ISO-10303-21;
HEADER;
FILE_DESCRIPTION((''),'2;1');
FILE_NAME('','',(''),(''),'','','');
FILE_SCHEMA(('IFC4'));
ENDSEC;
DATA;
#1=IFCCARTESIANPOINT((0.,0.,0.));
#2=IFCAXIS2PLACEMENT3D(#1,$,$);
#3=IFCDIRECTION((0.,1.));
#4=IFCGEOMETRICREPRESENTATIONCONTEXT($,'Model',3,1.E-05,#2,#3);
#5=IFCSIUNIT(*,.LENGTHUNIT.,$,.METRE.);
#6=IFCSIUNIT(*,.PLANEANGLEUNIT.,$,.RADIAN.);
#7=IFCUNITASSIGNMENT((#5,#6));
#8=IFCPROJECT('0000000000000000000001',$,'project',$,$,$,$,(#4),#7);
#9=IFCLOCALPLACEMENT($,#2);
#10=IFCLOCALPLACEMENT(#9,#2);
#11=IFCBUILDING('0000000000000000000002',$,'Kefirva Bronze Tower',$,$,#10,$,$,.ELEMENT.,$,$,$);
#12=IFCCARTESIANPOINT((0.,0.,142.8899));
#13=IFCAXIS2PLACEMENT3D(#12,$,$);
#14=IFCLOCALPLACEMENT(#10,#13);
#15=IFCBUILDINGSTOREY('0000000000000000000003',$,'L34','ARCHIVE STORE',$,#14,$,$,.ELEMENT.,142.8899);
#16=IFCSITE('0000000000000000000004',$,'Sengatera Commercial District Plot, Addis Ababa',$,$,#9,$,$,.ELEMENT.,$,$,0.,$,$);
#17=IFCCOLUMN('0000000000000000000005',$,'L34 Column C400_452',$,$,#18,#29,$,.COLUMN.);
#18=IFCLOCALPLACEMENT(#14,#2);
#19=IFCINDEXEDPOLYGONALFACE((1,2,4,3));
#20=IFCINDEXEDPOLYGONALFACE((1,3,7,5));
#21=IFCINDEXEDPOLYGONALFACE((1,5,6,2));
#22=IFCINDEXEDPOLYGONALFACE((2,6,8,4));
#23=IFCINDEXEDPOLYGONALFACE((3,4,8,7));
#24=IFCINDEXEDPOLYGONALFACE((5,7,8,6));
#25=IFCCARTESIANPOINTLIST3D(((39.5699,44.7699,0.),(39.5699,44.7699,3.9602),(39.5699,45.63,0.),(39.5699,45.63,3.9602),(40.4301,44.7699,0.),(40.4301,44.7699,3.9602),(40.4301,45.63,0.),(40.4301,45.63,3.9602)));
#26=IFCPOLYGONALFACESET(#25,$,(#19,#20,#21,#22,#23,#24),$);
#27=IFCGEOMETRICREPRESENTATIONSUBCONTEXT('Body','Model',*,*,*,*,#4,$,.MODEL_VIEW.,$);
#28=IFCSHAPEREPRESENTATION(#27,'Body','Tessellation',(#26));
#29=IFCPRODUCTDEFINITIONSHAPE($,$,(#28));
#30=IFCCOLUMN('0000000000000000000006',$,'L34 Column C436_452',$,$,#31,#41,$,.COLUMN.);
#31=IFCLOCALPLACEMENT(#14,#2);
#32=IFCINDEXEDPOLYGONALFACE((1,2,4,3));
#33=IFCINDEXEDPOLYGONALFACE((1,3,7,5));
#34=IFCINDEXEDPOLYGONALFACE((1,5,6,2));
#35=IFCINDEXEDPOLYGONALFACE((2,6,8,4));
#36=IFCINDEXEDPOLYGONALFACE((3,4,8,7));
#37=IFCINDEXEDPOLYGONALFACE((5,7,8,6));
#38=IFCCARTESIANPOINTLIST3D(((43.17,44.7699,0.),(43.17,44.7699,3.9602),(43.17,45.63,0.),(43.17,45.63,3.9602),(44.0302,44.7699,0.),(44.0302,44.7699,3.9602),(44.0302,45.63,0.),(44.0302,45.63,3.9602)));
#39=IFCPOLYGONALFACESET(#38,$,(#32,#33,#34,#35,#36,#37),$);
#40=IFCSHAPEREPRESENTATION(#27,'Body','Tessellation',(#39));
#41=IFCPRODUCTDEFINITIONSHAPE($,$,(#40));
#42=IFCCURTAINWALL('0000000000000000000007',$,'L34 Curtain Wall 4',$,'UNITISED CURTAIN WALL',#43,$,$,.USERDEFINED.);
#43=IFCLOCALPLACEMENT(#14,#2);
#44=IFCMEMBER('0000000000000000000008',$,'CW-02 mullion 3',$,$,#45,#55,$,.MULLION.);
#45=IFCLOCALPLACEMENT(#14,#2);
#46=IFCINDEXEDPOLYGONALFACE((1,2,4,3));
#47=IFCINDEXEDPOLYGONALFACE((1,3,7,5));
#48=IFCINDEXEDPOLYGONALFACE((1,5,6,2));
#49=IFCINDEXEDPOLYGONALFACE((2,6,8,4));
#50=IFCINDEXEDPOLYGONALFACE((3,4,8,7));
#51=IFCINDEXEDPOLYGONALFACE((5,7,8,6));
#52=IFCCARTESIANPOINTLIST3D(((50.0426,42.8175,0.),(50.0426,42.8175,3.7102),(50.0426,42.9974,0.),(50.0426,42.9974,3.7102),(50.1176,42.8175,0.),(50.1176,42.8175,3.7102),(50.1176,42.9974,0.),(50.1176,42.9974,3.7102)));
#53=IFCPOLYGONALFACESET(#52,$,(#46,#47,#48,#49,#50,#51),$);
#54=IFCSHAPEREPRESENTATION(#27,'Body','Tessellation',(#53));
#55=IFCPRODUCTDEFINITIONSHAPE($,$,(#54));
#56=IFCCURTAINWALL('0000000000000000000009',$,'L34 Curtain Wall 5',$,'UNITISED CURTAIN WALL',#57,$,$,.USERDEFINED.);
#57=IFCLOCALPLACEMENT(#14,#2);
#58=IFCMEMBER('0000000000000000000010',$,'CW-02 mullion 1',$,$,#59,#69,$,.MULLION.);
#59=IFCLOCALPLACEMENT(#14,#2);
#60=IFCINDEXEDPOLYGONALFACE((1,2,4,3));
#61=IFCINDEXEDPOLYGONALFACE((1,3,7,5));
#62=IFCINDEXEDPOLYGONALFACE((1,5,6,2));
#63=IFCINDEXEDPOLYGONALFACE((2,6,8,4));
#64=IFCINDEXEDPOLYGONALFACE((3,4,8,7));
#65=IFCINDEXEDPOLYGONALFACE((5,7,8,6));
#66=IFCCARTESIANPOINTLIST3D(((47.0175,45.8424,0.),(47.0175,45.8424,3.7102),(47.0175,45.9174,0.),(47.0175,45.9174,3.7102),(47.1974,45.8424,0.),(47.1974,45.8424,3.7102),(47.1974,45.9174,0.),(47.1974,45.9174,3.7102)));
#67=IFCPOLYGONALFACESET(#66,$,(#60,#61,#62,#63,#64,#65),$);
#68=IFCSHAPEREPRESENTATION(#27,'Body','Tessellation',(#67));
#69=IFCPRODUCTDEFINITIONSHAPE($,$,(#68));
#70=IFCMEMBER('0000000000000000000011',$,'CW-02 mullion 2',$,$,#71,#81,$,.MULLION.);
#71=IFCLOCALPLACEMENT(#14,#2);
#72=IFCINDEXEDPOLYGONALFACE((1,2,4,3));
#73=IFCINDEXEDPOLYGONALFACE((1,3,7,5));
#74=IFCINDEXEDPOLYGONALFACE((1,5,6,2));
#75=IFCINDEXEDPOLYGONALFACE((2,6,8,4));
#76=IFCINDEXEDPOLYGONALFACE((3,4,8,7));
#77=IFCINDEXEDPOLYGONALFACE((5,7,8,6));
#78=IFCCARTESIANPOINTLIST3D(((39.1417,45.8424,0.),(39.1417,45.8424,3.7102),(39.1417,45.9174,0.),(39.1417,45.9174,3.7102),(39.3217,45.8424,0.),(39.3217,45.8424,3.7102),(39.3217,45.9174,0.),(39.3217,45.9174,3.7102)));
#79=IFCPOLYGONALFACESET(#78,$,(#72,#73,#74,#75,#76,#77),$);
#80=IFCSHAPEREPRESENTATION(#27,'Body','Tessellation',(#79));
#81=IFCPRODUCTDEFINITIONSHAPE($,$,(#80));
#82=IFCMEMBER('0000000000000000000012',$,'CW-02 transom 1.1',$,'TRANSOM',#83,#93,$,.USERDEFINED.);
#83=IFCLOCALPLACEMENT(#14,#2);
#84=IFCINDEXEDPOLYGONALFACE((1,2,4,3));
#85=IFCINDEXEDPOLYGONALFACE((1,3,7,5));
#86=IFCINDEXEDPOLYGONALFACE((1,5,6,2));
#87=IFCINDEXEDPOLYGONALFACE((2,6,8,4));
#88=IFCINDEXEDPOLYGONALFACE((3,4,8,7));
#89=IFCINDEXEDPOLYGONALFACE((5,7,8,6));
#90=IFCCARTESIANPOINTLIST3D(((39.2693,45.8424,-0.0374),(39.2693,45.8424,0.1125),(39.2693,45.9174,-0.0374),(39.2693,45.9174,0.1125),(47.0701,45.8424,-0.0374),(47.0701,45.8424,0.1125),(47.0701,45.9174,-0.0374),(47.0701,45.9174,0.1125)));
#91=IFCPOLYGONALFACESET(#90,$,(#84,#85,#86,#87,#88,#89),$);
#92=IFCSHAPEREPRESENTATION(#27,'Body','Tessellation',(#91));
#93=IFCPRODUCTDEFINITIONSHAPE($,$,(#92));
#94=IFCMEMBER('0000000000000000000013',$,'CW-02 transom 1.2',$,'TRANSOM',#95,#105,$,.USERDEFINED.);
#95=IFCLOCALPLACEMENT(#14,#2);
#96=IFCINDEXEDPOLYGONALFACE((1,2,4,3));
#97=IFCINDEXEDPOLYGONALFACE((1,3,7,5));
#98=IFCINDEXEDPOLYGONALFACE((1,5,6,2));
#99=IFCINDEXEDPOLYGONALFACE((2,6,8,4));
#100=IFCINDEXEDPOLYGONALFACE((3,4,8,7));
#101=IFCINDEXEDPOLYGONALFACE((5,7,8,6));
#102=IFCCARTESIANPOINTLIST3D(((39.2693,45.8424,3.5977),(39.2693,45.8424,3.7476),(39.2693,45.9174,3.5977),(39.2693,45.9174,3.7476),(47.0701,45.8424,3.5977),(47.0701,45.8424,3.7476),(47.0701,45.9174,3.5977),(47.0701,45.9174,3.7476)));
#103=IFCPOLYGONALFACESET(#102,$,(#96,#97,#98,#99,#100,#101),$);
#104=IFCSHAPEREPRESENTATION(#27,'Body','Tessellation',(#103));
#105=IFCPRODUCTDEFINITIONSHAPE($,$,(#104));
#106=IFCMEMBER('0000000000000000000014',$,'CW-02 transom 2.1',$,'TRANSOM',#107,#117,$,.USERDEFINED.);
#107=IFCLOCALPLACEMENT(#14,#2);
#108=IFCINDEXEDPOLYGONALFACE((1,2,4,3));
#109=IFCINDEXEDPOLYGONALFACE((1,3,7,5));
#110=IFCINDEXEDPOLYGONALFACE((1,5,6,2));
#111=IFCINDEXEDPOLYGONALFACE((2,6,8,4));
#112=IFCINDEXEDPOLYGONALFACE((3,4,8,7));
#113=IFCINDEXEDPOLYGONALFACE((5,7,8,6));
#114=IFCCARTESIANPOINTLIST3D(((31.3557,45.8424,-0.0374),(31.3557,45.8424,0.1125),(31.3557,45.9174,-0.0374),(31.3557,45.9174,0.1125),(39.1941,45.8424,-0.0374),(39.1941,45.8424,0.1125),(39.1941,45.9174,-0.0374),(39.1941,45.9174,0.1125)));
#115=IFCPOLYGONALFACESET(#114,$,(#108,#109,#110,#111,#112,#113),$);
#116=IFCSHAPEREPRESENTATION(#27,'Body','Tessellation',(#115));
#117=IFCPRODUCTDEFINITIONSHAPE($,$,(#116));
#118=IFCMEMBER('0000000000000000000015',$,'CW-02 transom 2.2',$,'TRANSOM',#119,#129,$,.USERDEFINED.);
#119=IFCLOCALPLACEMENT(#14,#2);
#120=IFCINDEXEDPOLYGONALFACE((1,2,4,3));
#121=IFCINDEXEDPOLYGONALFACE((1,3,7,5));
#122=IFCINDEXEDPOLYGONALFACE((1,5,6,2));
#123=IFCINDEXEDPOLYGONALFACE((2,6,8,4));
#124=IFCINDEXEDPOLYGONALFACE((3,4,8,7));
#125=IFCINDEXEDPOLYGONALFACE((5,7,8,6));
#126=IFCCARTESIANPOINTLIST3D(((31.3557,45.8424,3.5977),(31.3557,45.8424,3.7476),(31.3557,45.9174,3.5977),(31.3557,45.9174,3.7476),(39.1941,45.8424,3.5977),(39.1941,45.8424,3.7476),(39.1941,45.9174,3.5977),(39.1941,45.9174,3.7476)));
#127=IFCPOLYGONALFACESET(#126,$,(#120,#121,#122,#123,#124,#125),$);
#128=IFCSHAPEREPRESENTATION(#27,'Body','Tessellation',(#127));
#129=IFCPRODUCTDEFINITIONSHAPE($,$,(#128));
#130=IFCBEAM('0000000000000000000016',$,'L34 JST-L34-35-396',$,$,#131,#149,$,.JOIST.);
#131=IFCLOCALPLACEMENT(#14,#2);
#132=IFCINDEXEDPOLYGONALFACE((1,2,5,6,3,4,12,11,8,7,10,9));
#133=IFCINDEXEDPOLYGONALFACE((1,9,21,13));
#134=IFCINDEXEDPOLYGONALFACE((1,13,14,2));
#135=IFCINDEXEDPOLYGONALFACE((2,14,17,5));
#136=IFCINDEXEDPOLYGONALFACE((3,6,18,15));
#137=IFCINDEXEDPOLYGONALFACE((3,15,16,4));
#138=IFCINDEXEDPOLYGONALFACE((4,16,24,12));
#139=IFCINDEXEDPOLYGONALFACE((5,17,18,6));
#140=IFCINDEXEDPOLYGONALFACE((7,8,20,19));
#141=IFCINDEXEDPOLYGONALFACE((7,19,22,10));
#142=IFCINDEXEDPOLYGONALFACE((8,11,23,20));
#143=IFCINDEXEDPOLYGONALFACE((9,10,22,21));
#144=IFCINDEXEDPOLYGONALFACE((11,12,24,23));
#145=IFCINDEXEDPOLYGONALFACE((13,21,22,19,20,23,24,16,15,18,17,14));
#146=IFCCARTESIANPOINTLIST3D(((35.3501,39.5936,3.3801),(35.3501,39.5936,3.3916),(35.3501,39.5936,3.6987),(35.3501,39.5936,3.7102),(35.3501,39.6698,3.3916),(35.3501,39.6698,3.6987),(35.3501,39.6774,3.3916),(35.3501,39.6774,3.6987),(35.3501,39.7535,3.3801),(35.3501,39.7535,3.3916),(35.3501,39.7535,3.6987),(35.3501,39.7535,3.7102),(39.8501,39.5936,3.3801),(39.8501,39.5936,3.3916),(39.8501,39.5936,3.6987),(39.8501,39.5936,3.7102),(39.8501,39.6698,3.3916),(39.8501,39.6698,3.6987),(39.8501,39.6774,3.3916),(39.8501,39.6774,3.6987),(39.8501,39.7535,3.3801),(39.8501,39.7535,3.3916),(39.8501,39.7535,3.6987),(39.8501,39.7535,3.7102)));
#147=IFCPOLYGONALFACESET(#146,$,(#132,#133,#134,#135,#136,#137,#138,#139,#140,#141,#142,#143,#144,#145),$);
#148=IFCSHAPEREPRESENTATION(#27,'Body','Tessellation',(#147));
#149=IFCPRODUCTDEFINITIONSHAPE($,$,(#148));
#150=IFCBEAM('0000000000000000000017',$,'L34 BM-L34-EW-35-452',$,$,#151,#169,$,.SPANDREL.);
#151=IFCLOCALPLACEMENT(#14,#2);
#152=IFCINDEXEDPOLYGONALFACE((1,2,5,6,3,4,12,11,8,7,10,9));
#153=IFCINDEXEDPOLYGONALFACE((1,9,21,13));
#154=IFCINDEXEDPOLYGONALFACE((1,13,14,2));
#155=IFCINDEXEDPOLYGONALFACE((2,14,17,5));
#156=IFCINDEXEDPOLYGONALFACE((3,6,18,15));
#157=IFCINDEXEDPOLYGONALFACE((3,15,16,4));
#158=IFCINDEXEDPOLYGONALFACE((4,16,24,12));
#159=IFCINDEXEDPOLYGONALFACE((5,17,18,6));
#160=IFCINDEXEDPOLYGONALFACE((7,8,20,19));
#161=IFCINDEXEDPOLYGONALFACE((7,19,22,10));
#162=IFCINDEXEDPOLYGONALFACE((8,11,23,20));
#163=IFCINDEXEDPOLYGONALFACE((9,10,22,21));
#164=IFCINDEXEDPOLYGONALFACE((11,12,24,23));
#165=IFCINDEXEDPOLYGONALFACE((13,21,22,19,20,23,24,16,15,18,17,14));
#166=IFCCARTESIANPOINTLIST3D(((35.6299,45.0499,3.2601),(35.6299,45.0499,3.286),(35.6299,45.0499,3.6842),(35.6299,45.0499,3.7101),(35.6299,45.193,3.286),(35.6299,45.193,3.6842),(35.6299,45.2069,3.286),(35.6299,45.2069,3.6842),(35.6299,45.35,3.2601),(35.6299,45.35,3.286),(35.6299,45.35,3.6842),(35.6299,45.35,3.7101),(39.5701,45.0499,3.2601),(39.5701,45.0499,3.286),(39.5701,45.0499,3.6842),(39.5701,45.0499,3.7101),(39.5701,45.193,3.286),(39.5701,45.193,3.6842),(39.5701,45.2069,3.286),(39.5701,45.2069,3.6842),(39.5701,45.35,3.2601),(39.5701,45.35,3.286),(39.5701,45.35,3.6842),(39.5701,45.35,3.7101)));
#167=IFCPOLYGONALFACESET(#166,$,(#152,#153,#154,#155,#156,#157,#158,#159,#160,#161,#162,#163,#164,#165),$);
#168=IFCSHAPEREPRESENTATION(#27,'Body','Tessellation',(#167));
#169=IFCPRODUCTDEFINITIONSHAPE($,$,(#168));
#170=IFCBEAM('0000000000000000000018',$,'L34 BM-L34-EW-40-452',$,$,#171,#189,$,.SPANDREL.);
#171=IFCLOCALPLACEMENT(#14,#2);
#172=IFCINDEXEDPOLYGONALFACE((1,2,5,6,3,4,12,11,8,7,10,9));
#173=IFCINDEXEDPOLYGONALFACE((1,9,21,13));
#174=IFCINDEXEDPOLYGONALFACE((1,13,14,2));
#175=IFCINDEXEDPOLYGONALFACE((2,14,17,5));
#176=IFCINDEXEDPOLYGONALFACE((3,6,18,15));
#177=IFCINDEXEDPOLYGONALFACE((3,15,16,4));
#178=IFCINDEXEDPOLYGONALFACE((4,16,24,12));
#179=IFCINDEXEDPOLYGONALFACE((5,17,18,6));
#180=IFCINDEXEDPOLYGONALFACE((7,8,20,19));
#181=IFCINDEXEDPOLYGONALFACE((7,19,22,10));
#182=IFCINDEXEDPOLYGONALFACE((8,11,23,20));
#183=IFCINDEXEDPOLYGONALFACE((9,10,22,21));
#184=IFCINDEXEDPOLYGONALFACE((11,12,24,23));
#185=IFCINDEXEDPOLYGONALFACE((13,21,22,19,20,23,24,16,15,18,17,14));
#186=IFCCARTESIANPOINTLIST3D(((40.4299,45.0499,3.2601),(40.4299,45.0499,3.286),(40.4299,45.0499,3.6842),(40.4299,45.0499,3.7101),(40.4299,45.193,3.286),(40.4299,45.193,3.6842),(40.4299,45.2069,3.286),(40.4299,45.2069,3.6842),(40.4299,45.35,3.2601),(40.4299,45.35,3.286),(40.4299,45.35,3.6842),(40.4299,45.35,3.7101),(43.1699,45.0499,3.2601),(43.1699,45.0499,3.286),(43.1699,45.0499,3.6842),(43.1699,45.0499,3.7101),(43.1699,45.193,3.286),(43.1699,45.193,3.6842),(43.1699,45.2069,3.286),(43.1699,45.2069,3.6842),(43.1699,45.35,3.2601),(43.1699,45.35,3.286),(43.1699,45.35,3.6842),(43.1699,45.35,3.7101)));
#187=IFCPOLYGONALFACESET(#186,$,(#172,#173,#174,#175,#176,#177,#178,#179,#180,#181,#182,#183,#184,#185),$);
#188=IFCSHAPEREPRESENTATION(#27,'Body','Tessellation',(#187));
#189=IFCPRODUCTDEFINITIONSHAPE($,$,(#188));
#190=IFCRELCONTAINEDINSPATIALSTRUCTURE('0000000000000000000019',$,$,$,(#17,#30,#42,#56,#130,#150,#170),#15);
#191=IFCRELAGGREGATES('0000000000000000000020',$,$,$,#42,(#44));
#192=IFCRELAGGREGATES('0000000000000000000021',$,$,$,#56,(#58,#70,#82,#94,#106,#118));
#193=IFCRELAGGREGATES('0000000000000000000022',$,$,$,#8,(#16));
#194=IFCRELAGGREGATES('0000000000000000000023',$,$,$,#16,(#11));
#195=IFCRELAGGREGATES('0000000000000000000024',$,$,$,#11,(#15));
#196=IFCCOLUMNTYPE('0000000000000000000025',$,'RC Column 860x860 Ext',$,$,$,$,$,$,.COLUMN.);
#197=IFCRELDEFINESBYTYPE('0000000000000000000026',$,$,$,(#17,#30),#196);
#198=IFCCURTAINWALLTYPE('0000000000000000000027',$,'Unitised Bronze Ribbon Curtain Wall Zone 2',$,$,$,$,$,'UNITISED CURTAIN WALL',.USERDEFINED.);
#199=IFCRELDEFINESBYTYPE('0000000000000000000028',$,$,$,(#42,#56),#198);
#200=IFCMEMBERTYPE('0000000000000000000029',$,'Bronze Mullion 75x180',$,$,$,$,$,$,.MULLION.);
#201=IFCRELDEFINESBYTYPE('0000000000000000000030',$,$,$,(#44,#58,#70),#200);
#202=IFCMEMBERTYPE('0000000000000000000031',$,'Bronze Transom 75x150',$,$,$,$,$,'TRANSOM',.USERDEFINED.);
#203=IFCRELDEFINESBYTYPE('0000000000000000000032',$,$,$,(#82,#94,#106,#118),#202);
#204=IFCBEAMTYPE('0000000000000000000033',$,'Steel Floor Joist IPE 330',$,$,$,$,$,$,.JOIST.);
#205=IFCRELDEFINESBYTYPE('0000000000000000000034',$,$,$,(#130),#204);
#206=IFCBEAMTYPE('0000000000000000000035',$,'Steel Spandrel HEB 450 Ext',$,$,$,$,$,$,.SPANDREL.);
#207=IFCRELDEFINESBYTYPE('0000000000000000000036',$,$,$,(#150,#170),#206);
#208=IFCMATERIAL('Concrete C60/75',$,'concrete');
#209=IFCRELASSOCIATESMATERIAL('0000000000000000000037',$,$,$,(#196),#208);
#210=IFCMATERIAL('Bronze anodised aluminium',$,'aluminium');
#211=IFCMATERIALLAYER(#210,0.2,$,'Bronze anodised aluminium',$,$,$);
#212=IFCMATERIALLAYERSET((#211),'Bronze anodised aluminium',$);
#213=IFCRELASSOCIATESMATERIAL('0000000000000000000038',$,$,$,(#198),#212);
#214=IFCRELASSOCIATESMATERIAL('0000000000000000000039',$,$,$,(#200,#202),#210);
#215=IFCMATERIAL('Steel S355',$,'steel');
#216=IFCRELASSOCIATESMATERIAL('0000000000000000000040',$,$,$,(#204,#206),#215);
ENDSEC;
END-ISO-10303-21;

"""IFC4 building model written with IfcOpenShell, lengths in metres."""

from ifc_helpers import new_model, si_unit, direction, frame, origin, origin_2d, place, context, subcontext, project, spatial, rectangle, i_section, extrude, material, layer, layer_set, material_profile, profile_set, type_object, element, aggregate, save


model = new_model("IFC4")

# Units and contexts
model_context = context("Model", 3, precision=1e-05, world=origin(), true_north=direction((0.0, 1.0)))
body_context = subcontext(model_context, "Body", "Model", "MODEL_VIEW")
ifc_project = project(units=[si_unit("LENGTHUNIT", "METRE"), si_unit("PLANEANGLEUNIT", "RADIAN")], contexts=[model_context])

# Site, building, storey
site_placement = place(None, origin())
site = spatial("IfcSite", under=ifc_project, at=site_placement, Name="Sengatera Commercial District Plot, Addis Ababa", CompositionType="ELEMENT", RefElevation=0.0)
building_placement = place(site_placement, origin())
building = spatial("IfcBuilding", under=site, at=building_placement, Name="Kefirva Bronze Tower", CompositionType="ELEMENT")
storey_placement = place(building_placement, frame((0.0, 0.0, 142.8899)))
storey = spatial("IfcBuildingStorey", under=building, at=storey_placement, Name="L34", Description="ARCHIVE STORE", CompositionType="ELEMENT", Elevation=142.8899)

# Columns
ifc_material_1 = material(Name="Concrete C60/75", Category="concrete")
ifc_material_profile_1 = material_profile(ifc_material_1, rectangle(XDim=0.8601, YDim=0.8601, at=origin_2d()), Name="RC 860x860")
ifc_profile_set_1 = profile_set([ifc_material_profile_1], Name="Concrete C60/75")
column_type = type_object("IfcColumnType", Name="RC Column 860x860 Ext", PredefinedType="COLUMN", material=ifc_profile_set_1)
for number, where, z_axis, x_axis, name in (
    (1, (40.0, 45.2, 0.0), (0.0, 0.0, 1.0), (1.0, 0.0, 0.0), "L34 Column C400_452"),
    (2, (43.6001, 45.2, 0.0), (0.0, 0.0, 1.0), (1.0, 0.0, 0.0), "L34 Column C436_452"),
):
    element("IfcColumn", number, at=place(storey_placement, frame(where, z_axis=z_axis, x_axis=x_axis)), inside=storey, type_object=column_type, Name=name, PredefinedType="COLUMN", context=body_context, shape_type="SweptSolid", body=[
        extrude(rectangle(XDim=0.8601, YDim=0.8601, at=origin_2d()), origin(), (0.0, 0.0, 1.0), 3.9602),
    ])

# Curtain wall, member
ifc_material_2 = material(Name="Bronze anodised aluminium", Category="aluminium")
ifc_layer_1 = layer(ifc_material_2, 0.2, Name="Bronze anodised aluminium")
ifc_layer_set_1 = layer_set([ifc_layer_1], Name="Bronze anodised aluminium")
curtain_wall_type = type_object("IfcCurtainWallType", Name="Unitised Bronze Ribbon Curtain Wall Zone 2", ElementType="UNITISED CURTAIN WALL", PredefinedType="USERDEFINED", material=ifc_layer_set_1)
curtain_wall_1_placement = place(storey_placement, origin())
curtain_wall_1 = element("IfcCurtainWall", 3, at=curtain_wall_1_placement, inside=storey, type_object=curtain_wall_type, Name="L34 Curtain Wall 4", ObjectType="UNITISED CURTAIN WALL", PredefinedType="USERDEFINED")
ifc_material_profile_2 = material_profile(ifc_material_2, rectangle(XDim=0.075, YDim=0.1799, at=origin_2d()), Name="ALU 75x180")
ifc_profile_set_2 = profile_set([ifc_material_profile_2], Name="Bronze anodised aluminium")
member_type_1 = type_object("IfcMemberType", Name="Bronze Mullion 75x180", PredefinedType="MULLION", material=ifc_profile_set_2)
member_1_placement = place(storey_placement, frame((50.0801, 42.9075, 0.0), z_axis=(0.0, 0.0, 1.0), x_axis=(-1.0, 0.0, 0.0)))
member_1 = element("IfcMember", 4, at=member_1_placement, type_object=member_type_1, Name="CW-02 mullion 3", PredefinedType="MULLION", context=body_context, shape_type="SweptSolid", body=[
    extrude(rectangle(XDim=0.075, YDim=0.1799, at=origin_2d()), origin(), (0.0, 0.0, 1.0), 3.7102),
])
aggregate(curtain_wall_1, [member_1])

# Curtain wall, members
curtain_wall_2_placement = place(storey_placement, origin())
curtain_wall_2 = element("IfcCurtainWall", 5, at=curtain_wall_2_placement, inside=storey, type_object=curtain_wall_type, Name="L34 Curtain Wall 5", ObjectType="UNITISED CURTAIN WALL", PredefinedType="USERDEFINED")
member_2_placement = place(storey_placement, frame((47.1074, 45.8799, 0.0), z_axis=(0.0, 0.0, 1.0), x_axis=(0.0, -1.0, 0.0)))
member_2 = element("IfcMember", 6, at=member_2_placement, type_object=member_type_1, Name="CW-02 mullion 1", PredefinedType="MULLION", context=body_context, shape_type="SweptSolid", body=[
    extrude(rectangle(XDim=0.075, YDim=0.1799, at=origin_2d()), origin(), (0.0, 0.0, 1.0), 3.7102),
])
member_3_placement = place(storey_placement, frame((39.2317, 45.8799, 0.0), z_axis=(0.0, 0.0, 1.0), x_axis=(0.0, -1.0, 0.0)))
member_3 = element("IfcMember", 7, at=member_3_placement, type_object=member_type_1, Name="CW-02 mullion 2", PredefinedType="MULLION", context=body_context, shape_type="SweptSolid", body=[
    extrude(rectangle(XDim=0.075, YDim=0.1799, at=origin_2d()), origin(), (0.0, 0.0, 1.0), 3.7102),
])
ifc_material_profile_3 = material_profile(ifc_material_2, rectangle(XDim=0.075, YDim=0.1499, at=origin_2d()), Name="ALU 75x150")
ifc_profile_set_3 = profile_set([ifc_material_profile_3], Name="Bronze anodised aluminium")
member_type_2 = type_object("IfcMemberType", Name="Bronze Transom 75x150", ElementType="TRANSOM", PredefinedType="USERDEFINED", material=ifc_profile_set_3)
member_4_placement = place(storey_placement, frame((47.0701, 45.8799, 0.0376), z_axis=(-1.0, 0.0, 0.0), x_axis=(0.0, -1.0, 0.0)))
member_4 = element("IfcMember", 8, at=member_4_placement, type_object=member_type_2, Name="CW-02 transom 1.1", ObjectType="TRANSOM", PredefinedType="USERDEFINED", context=body_context, shape_type="SweptSolid", body=[
    extrude(rectangle(XDim=0.075, YDim=0.1499, at=origin_2d()), origin(), (0.0, 0.0, 1.0), 7.8008),
])
member_5_placement = place(storey_placement, frame((47.0701, 45.8799, 3.6726), z_axis=(-1.0, 0.0, 0.0), x_axis=(0.0, -1.0, 0.0)))
member_5 = element("IfcMember", 9, at=member_5_placement, type_object=member_type_2, Name="CW-02 transom 1.2", ObjectType="TRANSOM", PredefinedType="USERDEFINED", context=body_context, shape_type="SweptSolid", body=[
    extrude(rectangle(XDim=0.075, YDim=0.1499, at=origin_2d()), origin(), (0.0, 0.0, 1.0), 7.8008),
])
member_6_placement = place(storey_placement, frame((39.1941, 45.8799, 0.0376), z_axis=(-1.0, 0.0, 0.0), x_axis=(0.0, -1.0, 0.0)))
member_6 = element("IfcMember", 10, at=member_6_placement, type_object=member_type_2, Name="CW-02 transom 2.1", ObjectType="TRANSOM", PredefinedType="USERDEFINED", context=body_context, shape_type="SweptSolid", body=[
    extrude(rectangle(XDim=0.075, YDim=0.1499, at=origin_2d()), origin(), (0.0, 0.0, 1.0), 7.8384),
])
member_7_placement = place(storey_placement, frame((39.1941, 45.8799, 3.6726), z_axis=(-1.0, 0.0, 0.0), x_axis=(0.0, -1.0, 0.0)))
member_7 = element("IfcMember", 11, at=member_7_placement, type_object=member_type_2, Name="CW-02 transom 2.2", ObjectType="TRANSOM", PredefinedType="USERDEFINED", context=body_context, shape_type="SweptSolid", body=[
    extrude(rectangle(XDim=0.075, YDim=0.1499, at=origin_2d()), origin(), (0.0, 0.0, 1.0), 7.8384),
])

# Beams
ifc_material_3 = material(Name="Steel S355", Category="steel")
ifc_material_profile_4 = material_profile(ifc_material_3, i_section(OverallWidth=0.1599, OverallDepth=0.3301, WebThickness=0.0076, FlangeThickness=0.0115, at=origin_2d()), Name="IPE 330")
ifc_profile_set_4 = profile_set([ifc_material_profile_4], Name="Steel S355")
beam_type_1 = type_object("IfcBeamType", Name="Steel Floor Joist IPE 330", PredefinedType="JOIST", material=ifc_profile_set_4)
beam_1_placement = place(storey_placement, frame((35.3501, 39.6736, 3.5452), z_axis=(1.0, 0.0, 0.0), x_axis=(0.0, 1.0, 0.0)))
element("IfcBeam", 12, at=beam_1_placement, inside=storey, type_object=beam_type_1, Name="L34 JST-L34-35-396", PredefinedType="JOIST", context=body_context, shape_type="SweptSolid", body=[
    extrude(i_section(OverallWidth=0.1599, OverallDepth=0.3301, WebThickness=0.0076, FlangeThickness=0.0115, at=origin_2d()), origin(), (0.0, 0.0, 1.0), 4.5),
])
ifc_material_profile_5 = material_profile(ifc_material_3, i_section(OverallWidth=0.3, OverallDepth=0.45, WebThickness=0.0139, FlangeThickness=0.0259, at=origin_2d()), Name="HEB 450")
ifc_profile_set_5 = profile_set([ifc_material_profile_5], Name="Steel S355")
beam_type_2 = type_object("IfcBeamType", Name="Steel Spandrel HEB 450 Ext", PredefinedType="SPANDREL", material=ifc_profile_set_5)
beam_2_placement = place(storey_placement, frame((35.6299, 45.2, 3.4851), z_axis=(1.0, 0.0, 0.0), x_axis=(0.0, 1.0, 0.0)))
element("IfcBeam", 13, at=beam_2_placement, inside=storey, type_object=beam_type_2, Name="L34 BM-L34-EW-35-452", PredefinedType="SPANDREL", context=body_context, shape_type="SweptSolid", body=[
    extrude(i_section(OverallWidth=0.3, OverallDepth=0.45, WebThickness=0.0139, FlangeThickness=0.0259, at=origin_2d()), origin(), (0.0, 0.0, 1.0), 3.9402),
])
beam_3_placement = place(storey_placement, frame((40.4299, 45.2, 3.4851), z_axis=(1.0, 0.0, 0.0), x_axis=(0.0, 1.0, 0.0)))
element("IfcBeam", 14, at=beam_3_placement, inside=storey, type_object=beam_type_2, Name="L34 BM-L34-EW-40-452", PredefinedType="SPANDREL", context=body_context, shape_type="SweptSolid", body=[
    extrude(i_section(OverallWidth=0.3, OverallDepth=0.45, WebThickness=0.0139, FlangeThickness=0.0259, at=origin_2d()), origin(), (0.0, 0.0, 1.0), 2.74),
])

aggregate(curtain_wall_2, [member_2, member_3, member_4, member_5, member_6, member_7])

save(model, "model.ifc")
